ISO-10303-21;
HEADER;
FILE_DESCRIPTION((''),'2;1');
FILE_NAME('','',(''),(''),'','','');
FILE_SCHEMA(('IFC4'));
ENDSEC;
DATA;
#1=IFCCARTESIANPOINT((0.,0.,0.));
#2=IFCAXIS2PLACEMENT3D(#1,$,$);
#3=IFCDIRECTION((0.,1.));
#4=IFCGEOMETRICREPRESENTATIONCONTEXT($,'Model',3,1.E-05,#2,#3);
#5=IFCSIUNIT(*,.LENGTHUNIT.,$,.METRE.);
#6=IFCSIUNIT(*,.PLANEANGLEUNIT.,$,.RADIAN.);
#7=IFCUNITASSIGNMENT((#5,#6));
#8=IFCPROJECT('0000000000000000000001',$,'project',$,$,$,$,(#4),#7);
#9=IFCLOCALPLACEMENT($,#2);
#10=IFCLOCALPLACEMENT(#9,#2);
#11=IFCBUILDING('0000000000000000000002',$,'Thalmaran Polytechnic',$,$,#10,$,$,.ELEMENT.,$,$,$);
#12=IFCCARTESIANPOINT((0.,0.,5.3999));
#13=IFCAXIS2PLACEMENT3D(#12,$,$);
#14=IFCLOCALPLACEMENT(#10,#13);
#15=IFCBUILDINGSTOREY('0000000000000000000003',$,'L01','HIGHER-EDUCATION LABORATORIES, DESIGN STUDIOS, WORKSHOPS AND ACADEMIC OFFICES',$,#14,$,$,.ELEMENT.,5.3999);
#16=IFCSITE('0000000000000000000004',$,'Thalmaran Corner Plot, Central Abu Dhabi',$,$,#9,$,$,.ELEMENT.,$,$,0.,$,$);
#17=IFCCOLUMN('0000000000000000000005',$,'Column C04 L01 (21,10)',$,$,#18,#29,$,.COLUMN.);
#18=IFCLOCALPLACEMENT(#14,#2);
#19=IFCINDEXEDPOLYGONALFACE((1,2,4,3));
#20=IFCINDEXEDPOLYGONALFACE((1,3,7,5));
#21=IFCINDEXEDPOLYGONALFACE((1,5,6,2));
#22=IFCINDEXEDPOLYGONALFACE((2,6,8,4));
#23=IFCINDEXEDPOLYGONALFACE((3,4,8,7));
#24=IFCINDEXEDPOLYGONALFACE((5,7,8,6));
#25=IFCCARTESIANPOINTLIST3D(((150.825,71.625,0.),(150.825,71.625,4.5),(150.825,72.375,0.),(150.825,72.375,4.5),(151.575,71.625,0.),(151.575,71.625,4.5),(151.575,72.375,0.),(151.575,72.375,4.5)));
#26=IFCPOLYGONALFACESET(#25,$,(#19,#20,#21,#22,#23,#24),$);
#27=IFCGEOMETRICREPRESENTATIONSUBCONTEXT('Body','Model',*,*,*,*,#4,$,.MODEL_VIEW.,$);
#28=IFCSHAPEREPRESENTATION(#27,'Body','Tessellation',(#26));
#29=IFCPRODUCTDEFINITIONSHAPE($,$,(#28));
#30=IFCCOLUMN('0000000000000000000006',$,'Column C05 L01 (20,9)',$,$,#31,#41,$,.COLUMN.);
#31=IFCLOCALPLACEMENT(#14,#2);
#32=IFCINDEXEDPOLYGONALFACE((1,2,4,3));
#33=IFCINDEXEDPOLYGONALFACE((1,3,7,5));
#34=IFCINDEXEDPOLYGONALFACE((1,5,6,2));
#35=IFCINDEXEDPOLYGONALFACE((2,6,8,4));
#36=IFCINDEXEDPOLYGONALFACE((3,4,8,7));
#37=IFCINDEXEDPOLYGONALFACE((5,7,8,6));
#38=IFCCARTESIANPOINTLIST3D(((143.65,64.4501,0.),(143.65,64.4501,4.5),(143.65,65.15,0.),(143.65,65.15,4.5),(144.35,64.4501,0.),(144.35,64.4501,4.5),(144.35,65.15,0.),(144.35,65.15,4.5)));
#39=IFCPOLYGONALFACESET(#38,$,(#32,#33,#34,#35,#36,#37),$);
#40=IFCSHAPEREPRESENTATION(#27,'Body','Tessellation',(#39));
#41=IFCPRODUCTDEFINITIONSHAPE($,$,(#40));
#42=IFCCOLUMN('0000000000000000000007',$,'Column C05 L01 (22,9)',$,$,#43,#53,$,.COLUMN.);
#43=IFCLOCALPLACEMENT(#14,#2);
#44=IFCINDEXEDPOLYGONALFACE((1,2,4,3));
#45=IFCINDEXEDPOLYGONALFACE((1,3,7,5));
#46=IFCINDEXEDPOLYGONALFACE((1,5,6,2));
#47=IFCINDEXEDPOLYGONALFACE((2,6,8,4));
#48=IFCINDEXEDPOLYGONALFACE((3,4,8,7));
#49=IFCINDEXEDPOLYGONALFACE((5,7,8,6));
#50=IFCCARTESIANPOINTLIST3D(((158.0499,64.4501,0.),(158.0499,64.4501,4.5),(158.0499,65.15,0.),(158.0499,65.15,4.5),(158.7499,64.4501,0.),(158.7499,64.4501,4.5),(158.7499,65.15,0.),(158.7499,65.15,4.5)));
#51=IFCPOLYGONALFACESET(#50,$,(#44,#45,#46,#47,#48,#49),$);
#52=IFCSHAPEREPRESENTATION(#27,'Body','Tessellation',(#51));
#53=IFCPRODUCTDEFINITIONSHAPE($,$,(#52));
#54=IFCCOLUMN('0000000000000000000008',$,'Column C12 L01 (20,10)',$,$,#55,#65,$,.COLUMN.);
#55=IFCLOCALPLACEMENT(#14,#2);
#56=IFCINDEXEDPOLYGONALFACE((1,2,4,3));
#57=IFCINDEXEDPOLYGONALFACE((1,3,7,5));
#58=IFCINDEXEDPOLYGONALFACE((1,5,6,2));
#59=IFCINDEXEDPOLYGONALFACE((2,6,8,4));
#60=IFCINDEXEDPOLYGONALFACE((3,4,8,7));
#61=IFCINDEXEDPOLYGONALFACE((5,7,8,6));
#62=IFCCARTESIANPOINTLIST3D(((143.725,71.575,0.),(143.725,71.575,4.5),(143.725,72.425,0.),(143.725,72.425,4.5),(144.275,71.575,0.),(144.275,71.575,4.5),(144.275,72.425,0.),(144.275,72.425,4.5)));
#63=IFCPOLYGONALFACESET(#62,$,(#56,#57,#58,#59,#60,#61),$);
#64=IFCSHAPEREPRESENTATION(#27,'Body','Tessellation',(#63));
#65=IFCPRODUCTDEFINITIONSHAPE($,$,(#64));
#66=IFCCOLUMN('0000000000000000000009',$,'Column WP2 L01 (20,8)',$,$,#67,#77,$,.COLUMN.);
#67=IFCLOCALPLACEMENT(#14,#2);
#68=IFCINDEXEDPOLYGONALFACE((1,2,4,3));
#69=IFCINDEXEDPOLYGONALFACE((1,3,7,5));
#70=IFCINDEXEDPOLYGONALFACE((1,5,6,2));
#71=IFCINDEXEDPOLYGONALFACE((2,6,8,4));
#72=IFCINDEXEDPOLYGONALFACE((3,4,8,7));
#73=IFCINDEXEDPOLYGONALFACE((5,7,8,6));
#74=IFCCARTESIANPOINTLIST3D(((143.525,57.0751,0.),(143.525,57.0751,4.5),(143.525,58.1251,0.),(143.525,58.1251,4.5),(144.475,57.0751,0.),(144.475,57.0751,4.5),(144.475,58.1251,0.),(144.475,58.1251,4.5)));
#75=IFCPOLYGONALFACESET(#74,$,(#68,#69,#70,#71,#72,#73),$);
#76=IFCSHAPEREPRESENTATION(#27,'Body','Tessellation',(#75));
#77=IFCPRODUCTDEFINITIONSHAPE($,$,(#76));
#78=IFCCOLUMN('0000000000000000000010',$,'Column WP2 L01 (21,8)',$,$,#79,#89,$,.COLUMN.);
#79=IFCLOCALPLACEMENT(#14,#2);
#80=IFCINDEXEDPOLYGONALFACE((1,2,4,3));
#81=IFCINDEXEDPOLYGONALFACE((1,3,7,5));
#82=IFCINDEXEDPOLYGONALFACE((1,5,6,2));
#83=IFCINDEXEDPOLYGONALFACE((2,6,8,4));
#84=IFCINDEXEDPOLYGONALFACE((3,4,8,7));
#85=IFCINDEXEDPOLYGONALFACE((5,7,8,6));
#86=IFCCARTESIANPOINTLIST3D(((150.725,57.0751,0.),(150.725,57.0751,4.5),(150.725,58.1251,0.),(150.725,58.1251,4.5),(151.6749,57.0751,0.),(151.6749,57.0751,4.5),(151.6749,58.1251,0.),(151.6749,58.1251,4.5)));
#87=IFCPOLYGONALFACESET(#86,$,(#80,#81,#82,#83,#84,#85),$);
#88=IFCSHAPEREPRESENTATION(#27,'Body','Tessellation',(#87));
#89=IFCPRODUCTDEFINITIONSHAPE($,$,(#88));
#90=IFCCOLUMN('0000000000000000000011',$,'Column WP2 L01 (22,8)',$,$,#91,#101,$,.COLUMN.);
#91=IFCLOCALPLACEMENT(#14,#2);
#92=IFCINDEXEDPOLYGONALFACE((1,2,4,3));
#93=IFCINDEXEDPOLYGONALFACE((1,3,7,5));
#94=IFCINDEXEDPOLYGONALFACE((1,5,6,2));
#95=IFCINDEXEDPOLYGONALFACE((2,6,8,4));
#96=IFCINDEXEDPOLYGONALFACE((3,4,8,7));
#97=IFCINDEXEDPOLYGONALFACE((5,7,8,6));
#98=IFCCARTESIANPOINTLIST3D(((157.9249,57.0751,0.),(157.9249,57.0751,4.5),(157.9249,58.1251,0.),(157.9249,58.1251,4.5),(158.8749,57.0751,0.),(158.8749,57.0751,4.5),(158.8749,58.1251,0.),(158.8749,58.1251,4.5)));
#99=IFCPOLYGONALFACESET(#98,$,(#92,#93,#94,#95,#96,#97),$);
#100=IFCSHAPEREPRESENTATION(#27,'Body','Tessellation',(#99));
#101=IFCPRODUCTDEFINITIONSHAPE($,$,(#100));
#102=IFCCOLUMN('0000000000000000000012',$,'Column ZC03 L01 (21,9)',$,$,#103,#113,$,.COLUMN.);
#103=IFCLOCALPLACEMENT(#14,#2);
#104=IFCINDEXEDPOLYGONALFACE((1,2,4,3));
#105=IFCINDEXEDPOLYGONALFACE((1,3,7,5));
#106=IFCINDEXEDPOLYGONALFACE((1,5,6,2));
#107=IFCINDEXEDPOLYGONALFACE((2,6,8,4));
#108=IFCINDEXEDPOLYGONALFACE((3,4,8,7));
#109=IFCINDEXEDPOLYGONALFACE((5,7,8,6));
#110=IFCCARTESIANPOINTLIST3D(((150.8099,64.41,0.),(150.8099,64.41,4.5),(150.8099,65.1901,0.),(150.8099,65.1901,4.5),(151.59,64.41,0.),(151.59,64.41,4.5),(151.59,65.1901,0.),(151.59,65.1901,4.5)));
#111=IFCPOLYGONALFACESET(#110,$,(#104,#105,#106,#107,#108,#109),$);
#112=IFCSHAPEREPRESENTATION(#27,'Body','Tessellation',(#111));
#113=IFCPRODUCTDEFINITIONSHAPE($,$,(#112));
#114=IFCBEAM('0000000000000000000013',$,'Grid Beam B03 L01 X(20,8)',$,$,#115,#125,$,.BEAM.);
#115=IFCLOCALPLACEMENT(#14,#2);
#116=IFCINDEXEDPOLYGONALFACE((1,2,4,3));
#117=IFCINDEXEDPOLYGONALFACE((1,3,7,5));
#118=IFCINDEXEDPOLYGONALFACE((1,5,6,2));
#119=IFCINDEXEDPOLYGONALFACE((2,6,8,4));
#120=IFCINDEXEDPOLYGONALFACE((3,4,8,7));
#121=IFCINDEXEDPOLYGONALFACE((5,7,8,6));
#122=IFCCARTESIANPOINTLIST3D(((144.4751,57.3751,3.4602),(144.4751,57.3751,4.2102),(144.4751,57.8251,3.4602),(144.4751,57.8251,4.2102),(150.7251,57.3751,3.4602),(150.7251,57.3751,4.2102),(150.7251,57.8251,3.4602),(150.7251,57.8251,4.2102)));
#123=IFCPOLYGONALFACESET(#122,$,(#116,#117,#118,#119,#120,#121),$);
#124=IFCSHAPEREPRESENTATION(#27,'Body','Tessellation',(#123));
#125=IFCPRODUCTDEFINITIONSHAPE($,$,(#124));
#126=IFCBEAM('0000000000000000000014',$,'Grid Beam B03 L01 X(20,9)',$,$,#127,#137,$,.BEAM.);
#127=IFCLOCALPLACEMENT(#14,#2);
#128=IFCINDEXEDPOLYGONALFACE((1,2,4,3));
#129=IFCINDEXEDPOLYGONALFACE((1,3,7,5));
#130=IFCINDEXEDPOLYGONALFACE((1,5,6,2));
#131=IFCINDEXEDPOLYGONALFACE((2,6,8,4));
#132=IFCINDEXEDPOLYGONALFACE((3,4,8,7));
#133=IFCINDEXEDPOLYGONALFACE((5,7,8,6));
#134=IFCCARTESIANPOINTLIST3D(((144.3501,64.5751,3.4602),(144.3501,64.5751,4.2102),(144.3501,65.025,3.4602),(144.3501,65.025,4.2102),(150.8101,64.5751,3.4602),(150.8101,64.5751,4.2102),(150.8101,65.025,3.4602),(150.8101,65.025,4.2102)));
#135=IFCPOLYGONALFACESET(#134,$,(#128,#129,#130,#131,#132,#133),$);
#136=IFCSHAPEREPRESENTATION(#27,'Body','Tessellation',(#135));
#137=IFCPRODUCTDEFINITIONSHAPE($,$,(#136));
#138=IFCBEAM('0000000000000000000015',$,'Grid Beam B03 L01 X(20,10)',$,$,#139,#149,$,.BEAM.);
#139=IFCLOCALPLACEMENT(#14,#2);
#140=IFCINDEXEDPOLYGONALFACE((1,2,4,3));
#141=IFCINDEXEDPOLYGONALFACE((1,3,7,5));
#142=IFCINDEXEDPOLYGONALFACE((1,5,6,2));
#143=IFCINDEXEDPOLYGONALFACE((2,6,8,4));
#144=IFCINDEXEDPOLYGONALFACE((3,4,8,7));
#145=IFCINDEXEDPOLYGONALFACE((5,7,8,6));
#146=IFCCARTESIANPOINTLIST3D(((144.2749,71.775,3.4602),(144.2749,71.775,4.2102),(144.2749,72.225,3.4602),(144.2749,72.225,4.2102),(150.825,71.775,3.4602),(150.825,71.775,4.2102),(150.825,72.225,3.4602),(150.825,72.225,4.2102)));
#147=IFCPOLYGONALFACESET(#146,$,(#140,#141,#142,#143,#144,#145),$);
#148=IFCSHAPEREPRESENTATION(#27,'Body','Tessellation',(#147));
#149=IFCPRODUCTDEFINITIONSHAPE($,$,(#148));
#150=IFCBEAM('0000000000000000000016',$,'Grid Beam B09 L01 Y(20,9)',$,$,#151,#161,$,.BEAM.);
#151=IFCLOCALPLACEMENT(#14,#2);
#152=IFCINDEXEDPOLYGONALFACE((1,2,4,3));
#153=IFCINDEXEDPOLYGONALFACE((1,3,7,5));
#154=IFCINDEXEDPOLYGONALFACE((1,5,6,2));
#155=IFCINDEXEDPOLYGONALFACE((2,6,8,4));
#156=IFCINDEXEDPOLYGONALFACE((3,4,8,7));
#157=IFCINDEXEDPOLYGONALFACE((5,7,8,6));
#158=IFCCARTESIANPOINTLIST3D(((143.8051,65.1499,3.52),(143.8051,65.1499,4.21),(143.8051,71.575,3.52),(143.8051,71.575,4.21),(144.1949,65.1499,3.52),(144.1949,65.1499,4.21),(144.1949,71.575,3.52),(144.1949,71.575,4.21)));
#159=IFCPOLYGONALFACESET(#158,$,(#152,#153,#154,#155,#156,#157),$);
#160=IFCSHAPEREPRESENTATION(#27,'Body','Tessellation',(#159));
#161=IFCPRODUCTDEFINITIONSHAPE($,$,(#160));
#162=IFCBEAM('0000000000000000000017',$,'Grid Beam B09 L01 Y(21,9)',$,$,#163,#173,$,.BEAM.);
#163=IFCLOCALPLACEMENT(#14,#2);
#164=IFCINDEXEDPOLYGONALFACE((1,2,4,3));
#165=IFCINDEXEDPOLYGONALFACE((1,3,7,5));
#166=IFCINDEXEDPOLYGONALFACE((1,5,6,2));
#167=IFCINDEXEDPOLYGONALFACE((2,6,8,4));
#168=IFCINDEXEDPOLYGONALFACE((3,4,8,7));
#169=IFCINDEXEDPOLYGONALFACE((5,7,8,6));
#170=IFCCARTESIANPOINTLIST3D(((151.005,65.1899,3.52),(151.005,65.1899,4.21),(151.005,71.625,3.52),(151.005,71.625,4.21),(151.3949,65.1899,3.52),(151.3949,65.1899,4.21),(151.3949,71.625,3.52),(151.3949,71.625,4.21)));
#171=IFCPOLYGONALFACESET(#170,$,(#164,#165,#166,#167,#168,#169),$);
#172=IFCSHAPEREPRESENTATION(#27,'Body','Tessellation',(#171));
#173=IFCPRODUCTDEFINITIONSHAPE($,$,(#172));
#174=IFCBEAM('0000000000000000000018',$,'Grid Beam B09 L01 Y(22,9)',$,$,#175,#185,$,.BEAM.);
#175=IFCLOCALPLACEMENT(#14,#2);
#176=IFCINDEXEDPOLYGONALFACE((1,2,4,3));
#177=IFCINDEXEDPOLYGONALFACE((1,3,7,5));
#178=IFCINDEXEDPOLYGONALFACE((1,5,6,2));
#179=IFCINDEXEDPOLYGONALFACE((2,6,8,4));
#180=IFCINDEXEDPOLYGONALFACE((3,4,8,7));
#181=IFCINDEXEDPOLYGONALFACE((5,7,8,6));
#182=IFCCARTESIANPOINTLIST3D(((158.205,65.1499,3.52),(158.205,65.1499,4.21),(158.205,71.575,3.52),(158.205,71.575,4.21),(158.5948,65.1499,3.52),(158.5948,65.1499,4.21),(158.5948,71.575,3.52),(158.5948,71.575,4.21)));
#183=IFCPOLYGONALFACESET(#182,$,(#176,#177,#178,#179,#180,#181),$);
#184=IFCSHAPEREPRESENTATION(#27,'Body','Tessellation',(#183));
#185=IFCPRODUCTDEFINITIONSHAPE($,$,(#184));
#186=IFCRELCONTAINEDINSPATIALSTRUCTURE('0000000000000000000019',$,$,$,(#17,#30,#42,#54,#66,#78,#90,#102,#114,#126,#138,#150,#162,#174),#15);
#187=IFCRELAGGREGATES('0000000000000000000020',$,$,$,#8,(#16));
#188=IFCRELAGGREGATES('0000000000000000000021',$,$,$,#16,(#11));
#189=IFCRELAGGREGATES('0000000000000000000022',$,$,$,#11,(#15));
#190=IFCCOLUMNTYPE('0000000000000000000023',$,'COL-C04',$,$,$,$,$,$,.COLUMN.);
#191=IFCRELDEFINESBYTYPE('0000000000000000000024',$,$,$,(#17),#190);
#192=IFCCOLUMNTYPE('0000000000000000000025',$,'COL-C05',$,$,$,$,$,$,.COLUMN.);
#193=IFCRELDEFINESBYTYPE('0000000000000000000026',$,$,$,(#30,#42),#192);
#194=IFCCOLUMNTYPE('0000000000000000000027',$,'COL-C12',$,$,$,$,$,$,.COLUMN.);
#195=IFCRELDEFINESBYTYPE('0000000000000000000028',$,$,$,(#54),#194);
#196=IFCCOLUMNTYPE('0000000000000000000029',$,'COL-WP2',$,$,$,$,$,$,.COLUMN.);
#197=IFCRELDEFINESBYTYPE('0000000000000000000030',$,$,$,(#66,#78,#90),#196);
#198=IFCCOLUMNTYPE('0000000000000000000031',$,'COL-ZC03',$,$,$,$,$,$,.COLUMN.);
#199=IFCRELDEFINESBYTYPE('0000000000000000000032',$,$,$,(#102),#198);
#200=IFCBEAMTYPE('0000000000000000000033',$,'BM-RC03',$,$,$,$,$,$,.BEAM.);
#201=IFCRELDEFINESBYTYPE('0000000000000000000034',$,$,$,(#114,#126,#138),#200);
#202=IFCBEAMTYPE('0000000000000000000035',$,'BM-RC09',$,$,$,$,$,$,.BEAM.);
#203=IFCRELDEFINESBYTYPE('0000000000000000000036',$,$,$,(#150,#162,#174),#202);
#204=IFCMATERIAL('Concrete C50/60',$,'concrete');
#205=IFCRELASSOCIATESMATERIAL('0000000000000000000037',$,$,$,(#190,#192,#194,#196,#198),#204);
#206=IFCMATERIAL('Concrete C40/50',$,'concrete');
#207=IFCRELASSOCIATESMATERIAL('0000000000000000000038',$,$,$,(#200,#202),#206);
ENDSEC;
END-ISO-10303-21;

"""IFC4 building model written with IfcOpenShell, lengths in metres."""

from ifc_helpers import new_model, si_unit, direction, frame, origin, origin_2d, place, context, subcontext, project, spatial, rectangle, extrude, material, material_profile, profile_set, type_object, element, save


model = new_model("IFC4")

# Units and contexts
model_context = context("Model", 3, precision=1e-05, world=origin(), true_north=direction((0.0, 1.0)))
body_context = subcontext(model_context, "Body", "Model", "MODEL_VIEW")
ifc_project = project(units=[si_unit("LENGTHUNIT", "METRE"), si_unit("PLANEANGLEUNIT", "RADIAN")], contexts=[model_context])

# Site, building, storey
site_placement = place(None, origin())
site = spatial("IfcSite", under=ifc_project, at=site_placement, Name="Thalmaran Corner Plot, Central Abu Dhabi", CompositionType="ELEMENT", RefElevation=0.0)
building_placement = place(site_placement, origin())
building = spatial("IfcBuilding", under=site, at=building_placement, Name="Thalmaran Polytechnic", CompositionType="ELEMENT")
storey_placement = place(building_placement, frame((0.0, 0.0, 5.3999)))
storey = spatial("IfcBuildingStorey", under=building, at=storey_placement, Name="L01", Description="HIGHER-EDUCATION LABORATORIES, DESIGN STUDIOS, WORKSHOPS AND ACADEMIC OFFICES", CompositionType="ELEMENT", Elevation=5.3999)

# Columns
ifc_material_1 = material(Name="Concrete C50/60", Category="concrete")
ifc_material_profile_1 = material_profile(ifc_material_1, rectangle(XDim=0.75, YDim=0.75, at=origin_2d()), Name="RC 750x750")
ifc_profile_set_1 = profile_set([ifc_material_profile_1], Name="Concrete C50/60")
column_type_1 = type_object("IfcColumnType", Name="COL-C04", PredefinedType="COLUMN", material=ifc_profile_set_1)
column_1_placement = place(storey_placement, frame((151.2, 72.0, 0.0), z_axis=(0.0, 0.0, 1.0), x_axis=(1.0, 0.0, 0.0)))
element("IfcColumn", 1, at=column_1_placement, inside=storey, type_object=column_type_1, Name="Column C04 L01 (21,10)", PredefinedType="COLUMN", context=body_context, shape_type="SweptSolid", body=[
    extrude(rectangle(XDim=0.75, YDim=0.75, at=origin_2d()), origin(), (0.0, 0.0, 1.0), 4.5),
])
ifc_material_profile_2 = material_profile(ifc_material_1, rectangle(XDim=0.7, YDim=0.7, at=origin_2d()), Name="RC 700x700")
ifc_profile_set_2 = profile_set([ifc_material_profile_2], Name="Concrete C50/60")
column_type_2 = type_object("IfcColumnType", Name="COL-C05", PredefinedType="COLUMN", material=ifc_profile_set_2)
for number, where, z_axis, x_axis, name in (
    (2, (144.0, 64.8, 0.0), (0.0, 0.0, 1.0), (1.0, 0.0, 0.0), "Column C05 L01 (20,9)"),
    (3, (158.3999, 64.8, 0.0), (0.0, 0.0, 1.0), (1.0, 0.0, 0.0), "Column C05 L01 (22,9)"),
):
    element("IfcColumn", number, at=place(storey_placement, frame(where, z_axis=z_axis, x_axis=x_axis)), inside=storey, type_object=column_type_2, Name=name, PredefinedType="COLUMN", context=body_context, shape_type="SweptSolid", body=[
        extrude(rectangle(XDim=0.7, YDim=0.7, at=origin_2d()), origin(), (0.0, 0.0, 1.0), 4.5),
    ])
ifc_material_profile_3 = material_profile(ifc_material_1, rectangle(XDim=0.55, YDim=0.8501, at=origin_2d()), Name="RC 550x850")
ifc_profile_set_3 = profile_set([ifc_material_profile_3], Name="Concrete C50/60")
column_type_3 = type_object("IfcColumnType", Name="COL-C12", PredefinedType="COLUMN", material=ifc_profile_set_3)
column_2_placement = place(storey_placement, frame((144.0, 72.0, 0.0), z_axis=(0.0, 0.0, 1.0), x_axis=(1.0, 0.0, 0.0)))
element("IfcColumn", 4, at=column_2_placement, inside=storey, type_object=column_type_3, Name="Column C12 L01 (20,10)", PredefinedType="COLUMN", context=body_context, shape_type="SweptSolid", body=[
    extrude(rectangle(XDim=0.55, YDim=0.8501, at=origin_2d()), origin(), (0.0, 0.0, 1.0), 4.5),
])
ifc_material_profile_4 = material_profile(ifc_material_1, rectangle(XDim=0.95, YDim=1.05, at=origin_2d()), Name="RC 950x1050")
ifc_profile_set_4 = profile_set([ifc_material_profile_4], Name="Concrete C50/60")
column_type_4 = type_object("IfcColumnType", Name="COL-WP2", PredefinedType="COLUMN", material=ifc_profile_set_4)
for number, where, z_axis, x_axis, name in (
    (5, (144.0, 57.6001, 0.0), (0.0, 0.0, 1.0), (1.0, 0.0, 0.0), "Column WP2 L01 (20,8)"),
    (6, (151.2, 57.6001, 0.0), (0.0, 0.0, 1.0), (1.0, 0.0, 0.0), "Column WP2 L01 (21,8)"),
    (7, (158.3999, 57.6001, 0.0), (0.0, 0.0, 1.0), (1.0, 0.0, 0.0), "Column WP2 L01 (22,8)"),
):
    element("IfcColumn", number, at=place(storey_placement, frame(where, z_axis=z_axis, x_axis=x_axis)), inside=storey, type_object=column_type_4, Name=name, PredefinedType="COLUMN", context=body_context, shape_type="SweptSolid", body=[
        extrude(rectangle(XDim=0.95, YDim=1.05, at=origin_2d()), origin(), (0.0, 0.0, 1.0), 4.5),
    ])
ifc_material_profile_5 = material_profile(ifc_material_1, rectangle(XDim=0.78, YDim=0.78, at=origin_2d()), Name="RC 780x780")
ifc_profile_set_5 = profile_set([ifc_material_profile_5], Name="Concrete C50/60")
column_type_5 = type_object("IfcColumnType", Name="COL-ZC03", PredefinedType="COLUMN", material=ifc_profile_set_5)
column_3_placement = place(storey_placement, frame((151.2, 64.8, 0.0), z_axis=(0.0, 0.0, 1.0), x_axis=(1.0, 0.0, 0.0)))
element("IfcColumn", 8, at=column_3_placement, inside=storey, type_object=column_type_5, Name="Column ZC03 L01 (21,9)", PredefinedType="COLUMN", context=body_context, shape_type="SweptSolid", body=[
    extrude(rectangle(XDim=0.78, YDim=0.78, at=origin_2d()), origin(), (0.0, 0.0, 1.0), 4.5),
])

# Beams
ifc_material_2 = material(Name="Concrete C40/50", Category="concrete")
ifc_material_profile_6 = material_profile(ifc_material_2, rectangle(XDim=0.45, YDim=0.75, at=origin_2d()), Name="RC 450x750")
ifc_profile_set_6 = profile_set([ifc_material_profile_6], Name="Concrete C40/50")
beam_type_1 = type_object("IfcBeamType", Name="BM-RC03", PredefinedType="BEAM", material=ifc_profile_set_6)
beam_1_placement = place(storey_placement, frame((144.4751, 57.6001, 3.8352), z_axis=(1.0, 0.0, 0.0), x_axis=(0.0, 1.0, 0.0)))
element("IfcBeam", 9, at=beam_1_placement, inside=storey, type_object=beam_type_1, Name="Grid Beam B03 L01 X(20,8)", PredefinedType="BEAM", context=body_context, shape_type="SweptSolid", body=[
    extrude(rectangle(XDim=0.45, YDim=0.75, at=origin_2d()), origin(), (0.0, 0.0, 1.0), 6.25),
])
beam_2_placement = place(storey_placement, frame((144.3501, 64.8, 3.8352), z_axis=(1.0, 0.0, 0.0), x_axis=(0.0, 1.0, 0.0)))
element("IfcBeam", 10, at=beam_2_placement, inside=storey, type_object=beam_type_1, Name="Grid Beam B03 L01 X(20,9)", PredefinedType="BEAM", context=body_context, shape_type="SweptSolid", body=[
    extrude(rectangle(XDim=0.45, YDim=0.75, at=origin_2d()), origin(), (0.0, 0.0, 1.0), 6.46),
])
beam_3_placement = place(storey_placement, frame((144.2749, 72.0, 3.8352), z_axis=(1.0, 0.0, 0.0), x_axis=(0.0, 1.0, 0.0)))
element("IfcBeam", 11, at=beam_3_placement, inside=storey, type_object=beam_type_1, Name="Grid Beam B03 L01 X(20,10)", PredefinedType="BEAM", context=body_context, shape_type="SweptSolid", body=[
    extrude(rectangle(XDim=0.45, YDim=0.75, at=origin_2d()), origin(), (0.0, 0.0, 1.0), 6.55),
])
ifc_material_profile_7 = material_profile(ifc_material_2, rectangle(XDim=0.3899, YDim=0.6899, at=origin_2d()), Name="RC 390x690")
ifc_profile_set_7 = profile_set([ifc_material_profile_7], Name="Concrete C40/50")
beam_type_2 = type_object("IfcBeamType", Name="BM-RC09", PredefinedType="BEAM", material=ifc_profile_set_7)
beam_4_placement = place(storey_placement, frame((144.0, 65.1499, 3.865), z_axis=(0.0, 1.0, 0.0), x_axis=(-1.0, 0.0, 0.0)))
element("IfcBeam", 12, at=beam_4_placement, inside=storey, type_object=beam_type_2, Name="Grid Beam B09 L01 Y(20,9)", PredefinedType="BEAM", context=body_context, shape_type="SweptSolid", body=[
    extrude(rectangle(XDim=0.3899, YDim=0.6899, at=origin_2d()), origin(), (0.0, 0.0, 1.0), 6.425),
])
beam_5_placement = place(storey_placement, frame((151.2, 65.1899, 3.865), z_axis=(0.0, 1.0, 0.0), x_axis=(-1.0, 0.0, 0.0)))
element("IfcBeam", 13, at=beam_5_placement, inside=storey, type_object=beam_type_2, Name="Grid Beam B09 L01 Y(21,9)", PredefinedType="BEAM", context=body_context, shape_type="SweptSolid", body=[
    extrude(rectangle(XDim=0.3899, YDim=0.6899, at=origin_2d()), origin(), (0.0, 0.0, 1.0), 6.4351),
])
beam_6_placement = place(storey_placement, frame((158.3999, 65.1499, 3.865), z_axis=(0.0, 1.0, 0.0), x_axis=(-1.0, 0.0, 0.0)))
element("IfcBeam", 14, at=beam_6_placement, inside=storey, type_object=beam_type_2, Name="Grid Beam B09 L01 Y(22,9)", PredefinedType="BEAM", context=body_context, shape_type="SweptSolid", body=[
    extrude(rectangle(XDim=0.3899, YDim=0.6899, at=origin_2d()), origin(), (0.0, 0.0, 1.0), 6.425),
])

save(model, "model.ifc")
